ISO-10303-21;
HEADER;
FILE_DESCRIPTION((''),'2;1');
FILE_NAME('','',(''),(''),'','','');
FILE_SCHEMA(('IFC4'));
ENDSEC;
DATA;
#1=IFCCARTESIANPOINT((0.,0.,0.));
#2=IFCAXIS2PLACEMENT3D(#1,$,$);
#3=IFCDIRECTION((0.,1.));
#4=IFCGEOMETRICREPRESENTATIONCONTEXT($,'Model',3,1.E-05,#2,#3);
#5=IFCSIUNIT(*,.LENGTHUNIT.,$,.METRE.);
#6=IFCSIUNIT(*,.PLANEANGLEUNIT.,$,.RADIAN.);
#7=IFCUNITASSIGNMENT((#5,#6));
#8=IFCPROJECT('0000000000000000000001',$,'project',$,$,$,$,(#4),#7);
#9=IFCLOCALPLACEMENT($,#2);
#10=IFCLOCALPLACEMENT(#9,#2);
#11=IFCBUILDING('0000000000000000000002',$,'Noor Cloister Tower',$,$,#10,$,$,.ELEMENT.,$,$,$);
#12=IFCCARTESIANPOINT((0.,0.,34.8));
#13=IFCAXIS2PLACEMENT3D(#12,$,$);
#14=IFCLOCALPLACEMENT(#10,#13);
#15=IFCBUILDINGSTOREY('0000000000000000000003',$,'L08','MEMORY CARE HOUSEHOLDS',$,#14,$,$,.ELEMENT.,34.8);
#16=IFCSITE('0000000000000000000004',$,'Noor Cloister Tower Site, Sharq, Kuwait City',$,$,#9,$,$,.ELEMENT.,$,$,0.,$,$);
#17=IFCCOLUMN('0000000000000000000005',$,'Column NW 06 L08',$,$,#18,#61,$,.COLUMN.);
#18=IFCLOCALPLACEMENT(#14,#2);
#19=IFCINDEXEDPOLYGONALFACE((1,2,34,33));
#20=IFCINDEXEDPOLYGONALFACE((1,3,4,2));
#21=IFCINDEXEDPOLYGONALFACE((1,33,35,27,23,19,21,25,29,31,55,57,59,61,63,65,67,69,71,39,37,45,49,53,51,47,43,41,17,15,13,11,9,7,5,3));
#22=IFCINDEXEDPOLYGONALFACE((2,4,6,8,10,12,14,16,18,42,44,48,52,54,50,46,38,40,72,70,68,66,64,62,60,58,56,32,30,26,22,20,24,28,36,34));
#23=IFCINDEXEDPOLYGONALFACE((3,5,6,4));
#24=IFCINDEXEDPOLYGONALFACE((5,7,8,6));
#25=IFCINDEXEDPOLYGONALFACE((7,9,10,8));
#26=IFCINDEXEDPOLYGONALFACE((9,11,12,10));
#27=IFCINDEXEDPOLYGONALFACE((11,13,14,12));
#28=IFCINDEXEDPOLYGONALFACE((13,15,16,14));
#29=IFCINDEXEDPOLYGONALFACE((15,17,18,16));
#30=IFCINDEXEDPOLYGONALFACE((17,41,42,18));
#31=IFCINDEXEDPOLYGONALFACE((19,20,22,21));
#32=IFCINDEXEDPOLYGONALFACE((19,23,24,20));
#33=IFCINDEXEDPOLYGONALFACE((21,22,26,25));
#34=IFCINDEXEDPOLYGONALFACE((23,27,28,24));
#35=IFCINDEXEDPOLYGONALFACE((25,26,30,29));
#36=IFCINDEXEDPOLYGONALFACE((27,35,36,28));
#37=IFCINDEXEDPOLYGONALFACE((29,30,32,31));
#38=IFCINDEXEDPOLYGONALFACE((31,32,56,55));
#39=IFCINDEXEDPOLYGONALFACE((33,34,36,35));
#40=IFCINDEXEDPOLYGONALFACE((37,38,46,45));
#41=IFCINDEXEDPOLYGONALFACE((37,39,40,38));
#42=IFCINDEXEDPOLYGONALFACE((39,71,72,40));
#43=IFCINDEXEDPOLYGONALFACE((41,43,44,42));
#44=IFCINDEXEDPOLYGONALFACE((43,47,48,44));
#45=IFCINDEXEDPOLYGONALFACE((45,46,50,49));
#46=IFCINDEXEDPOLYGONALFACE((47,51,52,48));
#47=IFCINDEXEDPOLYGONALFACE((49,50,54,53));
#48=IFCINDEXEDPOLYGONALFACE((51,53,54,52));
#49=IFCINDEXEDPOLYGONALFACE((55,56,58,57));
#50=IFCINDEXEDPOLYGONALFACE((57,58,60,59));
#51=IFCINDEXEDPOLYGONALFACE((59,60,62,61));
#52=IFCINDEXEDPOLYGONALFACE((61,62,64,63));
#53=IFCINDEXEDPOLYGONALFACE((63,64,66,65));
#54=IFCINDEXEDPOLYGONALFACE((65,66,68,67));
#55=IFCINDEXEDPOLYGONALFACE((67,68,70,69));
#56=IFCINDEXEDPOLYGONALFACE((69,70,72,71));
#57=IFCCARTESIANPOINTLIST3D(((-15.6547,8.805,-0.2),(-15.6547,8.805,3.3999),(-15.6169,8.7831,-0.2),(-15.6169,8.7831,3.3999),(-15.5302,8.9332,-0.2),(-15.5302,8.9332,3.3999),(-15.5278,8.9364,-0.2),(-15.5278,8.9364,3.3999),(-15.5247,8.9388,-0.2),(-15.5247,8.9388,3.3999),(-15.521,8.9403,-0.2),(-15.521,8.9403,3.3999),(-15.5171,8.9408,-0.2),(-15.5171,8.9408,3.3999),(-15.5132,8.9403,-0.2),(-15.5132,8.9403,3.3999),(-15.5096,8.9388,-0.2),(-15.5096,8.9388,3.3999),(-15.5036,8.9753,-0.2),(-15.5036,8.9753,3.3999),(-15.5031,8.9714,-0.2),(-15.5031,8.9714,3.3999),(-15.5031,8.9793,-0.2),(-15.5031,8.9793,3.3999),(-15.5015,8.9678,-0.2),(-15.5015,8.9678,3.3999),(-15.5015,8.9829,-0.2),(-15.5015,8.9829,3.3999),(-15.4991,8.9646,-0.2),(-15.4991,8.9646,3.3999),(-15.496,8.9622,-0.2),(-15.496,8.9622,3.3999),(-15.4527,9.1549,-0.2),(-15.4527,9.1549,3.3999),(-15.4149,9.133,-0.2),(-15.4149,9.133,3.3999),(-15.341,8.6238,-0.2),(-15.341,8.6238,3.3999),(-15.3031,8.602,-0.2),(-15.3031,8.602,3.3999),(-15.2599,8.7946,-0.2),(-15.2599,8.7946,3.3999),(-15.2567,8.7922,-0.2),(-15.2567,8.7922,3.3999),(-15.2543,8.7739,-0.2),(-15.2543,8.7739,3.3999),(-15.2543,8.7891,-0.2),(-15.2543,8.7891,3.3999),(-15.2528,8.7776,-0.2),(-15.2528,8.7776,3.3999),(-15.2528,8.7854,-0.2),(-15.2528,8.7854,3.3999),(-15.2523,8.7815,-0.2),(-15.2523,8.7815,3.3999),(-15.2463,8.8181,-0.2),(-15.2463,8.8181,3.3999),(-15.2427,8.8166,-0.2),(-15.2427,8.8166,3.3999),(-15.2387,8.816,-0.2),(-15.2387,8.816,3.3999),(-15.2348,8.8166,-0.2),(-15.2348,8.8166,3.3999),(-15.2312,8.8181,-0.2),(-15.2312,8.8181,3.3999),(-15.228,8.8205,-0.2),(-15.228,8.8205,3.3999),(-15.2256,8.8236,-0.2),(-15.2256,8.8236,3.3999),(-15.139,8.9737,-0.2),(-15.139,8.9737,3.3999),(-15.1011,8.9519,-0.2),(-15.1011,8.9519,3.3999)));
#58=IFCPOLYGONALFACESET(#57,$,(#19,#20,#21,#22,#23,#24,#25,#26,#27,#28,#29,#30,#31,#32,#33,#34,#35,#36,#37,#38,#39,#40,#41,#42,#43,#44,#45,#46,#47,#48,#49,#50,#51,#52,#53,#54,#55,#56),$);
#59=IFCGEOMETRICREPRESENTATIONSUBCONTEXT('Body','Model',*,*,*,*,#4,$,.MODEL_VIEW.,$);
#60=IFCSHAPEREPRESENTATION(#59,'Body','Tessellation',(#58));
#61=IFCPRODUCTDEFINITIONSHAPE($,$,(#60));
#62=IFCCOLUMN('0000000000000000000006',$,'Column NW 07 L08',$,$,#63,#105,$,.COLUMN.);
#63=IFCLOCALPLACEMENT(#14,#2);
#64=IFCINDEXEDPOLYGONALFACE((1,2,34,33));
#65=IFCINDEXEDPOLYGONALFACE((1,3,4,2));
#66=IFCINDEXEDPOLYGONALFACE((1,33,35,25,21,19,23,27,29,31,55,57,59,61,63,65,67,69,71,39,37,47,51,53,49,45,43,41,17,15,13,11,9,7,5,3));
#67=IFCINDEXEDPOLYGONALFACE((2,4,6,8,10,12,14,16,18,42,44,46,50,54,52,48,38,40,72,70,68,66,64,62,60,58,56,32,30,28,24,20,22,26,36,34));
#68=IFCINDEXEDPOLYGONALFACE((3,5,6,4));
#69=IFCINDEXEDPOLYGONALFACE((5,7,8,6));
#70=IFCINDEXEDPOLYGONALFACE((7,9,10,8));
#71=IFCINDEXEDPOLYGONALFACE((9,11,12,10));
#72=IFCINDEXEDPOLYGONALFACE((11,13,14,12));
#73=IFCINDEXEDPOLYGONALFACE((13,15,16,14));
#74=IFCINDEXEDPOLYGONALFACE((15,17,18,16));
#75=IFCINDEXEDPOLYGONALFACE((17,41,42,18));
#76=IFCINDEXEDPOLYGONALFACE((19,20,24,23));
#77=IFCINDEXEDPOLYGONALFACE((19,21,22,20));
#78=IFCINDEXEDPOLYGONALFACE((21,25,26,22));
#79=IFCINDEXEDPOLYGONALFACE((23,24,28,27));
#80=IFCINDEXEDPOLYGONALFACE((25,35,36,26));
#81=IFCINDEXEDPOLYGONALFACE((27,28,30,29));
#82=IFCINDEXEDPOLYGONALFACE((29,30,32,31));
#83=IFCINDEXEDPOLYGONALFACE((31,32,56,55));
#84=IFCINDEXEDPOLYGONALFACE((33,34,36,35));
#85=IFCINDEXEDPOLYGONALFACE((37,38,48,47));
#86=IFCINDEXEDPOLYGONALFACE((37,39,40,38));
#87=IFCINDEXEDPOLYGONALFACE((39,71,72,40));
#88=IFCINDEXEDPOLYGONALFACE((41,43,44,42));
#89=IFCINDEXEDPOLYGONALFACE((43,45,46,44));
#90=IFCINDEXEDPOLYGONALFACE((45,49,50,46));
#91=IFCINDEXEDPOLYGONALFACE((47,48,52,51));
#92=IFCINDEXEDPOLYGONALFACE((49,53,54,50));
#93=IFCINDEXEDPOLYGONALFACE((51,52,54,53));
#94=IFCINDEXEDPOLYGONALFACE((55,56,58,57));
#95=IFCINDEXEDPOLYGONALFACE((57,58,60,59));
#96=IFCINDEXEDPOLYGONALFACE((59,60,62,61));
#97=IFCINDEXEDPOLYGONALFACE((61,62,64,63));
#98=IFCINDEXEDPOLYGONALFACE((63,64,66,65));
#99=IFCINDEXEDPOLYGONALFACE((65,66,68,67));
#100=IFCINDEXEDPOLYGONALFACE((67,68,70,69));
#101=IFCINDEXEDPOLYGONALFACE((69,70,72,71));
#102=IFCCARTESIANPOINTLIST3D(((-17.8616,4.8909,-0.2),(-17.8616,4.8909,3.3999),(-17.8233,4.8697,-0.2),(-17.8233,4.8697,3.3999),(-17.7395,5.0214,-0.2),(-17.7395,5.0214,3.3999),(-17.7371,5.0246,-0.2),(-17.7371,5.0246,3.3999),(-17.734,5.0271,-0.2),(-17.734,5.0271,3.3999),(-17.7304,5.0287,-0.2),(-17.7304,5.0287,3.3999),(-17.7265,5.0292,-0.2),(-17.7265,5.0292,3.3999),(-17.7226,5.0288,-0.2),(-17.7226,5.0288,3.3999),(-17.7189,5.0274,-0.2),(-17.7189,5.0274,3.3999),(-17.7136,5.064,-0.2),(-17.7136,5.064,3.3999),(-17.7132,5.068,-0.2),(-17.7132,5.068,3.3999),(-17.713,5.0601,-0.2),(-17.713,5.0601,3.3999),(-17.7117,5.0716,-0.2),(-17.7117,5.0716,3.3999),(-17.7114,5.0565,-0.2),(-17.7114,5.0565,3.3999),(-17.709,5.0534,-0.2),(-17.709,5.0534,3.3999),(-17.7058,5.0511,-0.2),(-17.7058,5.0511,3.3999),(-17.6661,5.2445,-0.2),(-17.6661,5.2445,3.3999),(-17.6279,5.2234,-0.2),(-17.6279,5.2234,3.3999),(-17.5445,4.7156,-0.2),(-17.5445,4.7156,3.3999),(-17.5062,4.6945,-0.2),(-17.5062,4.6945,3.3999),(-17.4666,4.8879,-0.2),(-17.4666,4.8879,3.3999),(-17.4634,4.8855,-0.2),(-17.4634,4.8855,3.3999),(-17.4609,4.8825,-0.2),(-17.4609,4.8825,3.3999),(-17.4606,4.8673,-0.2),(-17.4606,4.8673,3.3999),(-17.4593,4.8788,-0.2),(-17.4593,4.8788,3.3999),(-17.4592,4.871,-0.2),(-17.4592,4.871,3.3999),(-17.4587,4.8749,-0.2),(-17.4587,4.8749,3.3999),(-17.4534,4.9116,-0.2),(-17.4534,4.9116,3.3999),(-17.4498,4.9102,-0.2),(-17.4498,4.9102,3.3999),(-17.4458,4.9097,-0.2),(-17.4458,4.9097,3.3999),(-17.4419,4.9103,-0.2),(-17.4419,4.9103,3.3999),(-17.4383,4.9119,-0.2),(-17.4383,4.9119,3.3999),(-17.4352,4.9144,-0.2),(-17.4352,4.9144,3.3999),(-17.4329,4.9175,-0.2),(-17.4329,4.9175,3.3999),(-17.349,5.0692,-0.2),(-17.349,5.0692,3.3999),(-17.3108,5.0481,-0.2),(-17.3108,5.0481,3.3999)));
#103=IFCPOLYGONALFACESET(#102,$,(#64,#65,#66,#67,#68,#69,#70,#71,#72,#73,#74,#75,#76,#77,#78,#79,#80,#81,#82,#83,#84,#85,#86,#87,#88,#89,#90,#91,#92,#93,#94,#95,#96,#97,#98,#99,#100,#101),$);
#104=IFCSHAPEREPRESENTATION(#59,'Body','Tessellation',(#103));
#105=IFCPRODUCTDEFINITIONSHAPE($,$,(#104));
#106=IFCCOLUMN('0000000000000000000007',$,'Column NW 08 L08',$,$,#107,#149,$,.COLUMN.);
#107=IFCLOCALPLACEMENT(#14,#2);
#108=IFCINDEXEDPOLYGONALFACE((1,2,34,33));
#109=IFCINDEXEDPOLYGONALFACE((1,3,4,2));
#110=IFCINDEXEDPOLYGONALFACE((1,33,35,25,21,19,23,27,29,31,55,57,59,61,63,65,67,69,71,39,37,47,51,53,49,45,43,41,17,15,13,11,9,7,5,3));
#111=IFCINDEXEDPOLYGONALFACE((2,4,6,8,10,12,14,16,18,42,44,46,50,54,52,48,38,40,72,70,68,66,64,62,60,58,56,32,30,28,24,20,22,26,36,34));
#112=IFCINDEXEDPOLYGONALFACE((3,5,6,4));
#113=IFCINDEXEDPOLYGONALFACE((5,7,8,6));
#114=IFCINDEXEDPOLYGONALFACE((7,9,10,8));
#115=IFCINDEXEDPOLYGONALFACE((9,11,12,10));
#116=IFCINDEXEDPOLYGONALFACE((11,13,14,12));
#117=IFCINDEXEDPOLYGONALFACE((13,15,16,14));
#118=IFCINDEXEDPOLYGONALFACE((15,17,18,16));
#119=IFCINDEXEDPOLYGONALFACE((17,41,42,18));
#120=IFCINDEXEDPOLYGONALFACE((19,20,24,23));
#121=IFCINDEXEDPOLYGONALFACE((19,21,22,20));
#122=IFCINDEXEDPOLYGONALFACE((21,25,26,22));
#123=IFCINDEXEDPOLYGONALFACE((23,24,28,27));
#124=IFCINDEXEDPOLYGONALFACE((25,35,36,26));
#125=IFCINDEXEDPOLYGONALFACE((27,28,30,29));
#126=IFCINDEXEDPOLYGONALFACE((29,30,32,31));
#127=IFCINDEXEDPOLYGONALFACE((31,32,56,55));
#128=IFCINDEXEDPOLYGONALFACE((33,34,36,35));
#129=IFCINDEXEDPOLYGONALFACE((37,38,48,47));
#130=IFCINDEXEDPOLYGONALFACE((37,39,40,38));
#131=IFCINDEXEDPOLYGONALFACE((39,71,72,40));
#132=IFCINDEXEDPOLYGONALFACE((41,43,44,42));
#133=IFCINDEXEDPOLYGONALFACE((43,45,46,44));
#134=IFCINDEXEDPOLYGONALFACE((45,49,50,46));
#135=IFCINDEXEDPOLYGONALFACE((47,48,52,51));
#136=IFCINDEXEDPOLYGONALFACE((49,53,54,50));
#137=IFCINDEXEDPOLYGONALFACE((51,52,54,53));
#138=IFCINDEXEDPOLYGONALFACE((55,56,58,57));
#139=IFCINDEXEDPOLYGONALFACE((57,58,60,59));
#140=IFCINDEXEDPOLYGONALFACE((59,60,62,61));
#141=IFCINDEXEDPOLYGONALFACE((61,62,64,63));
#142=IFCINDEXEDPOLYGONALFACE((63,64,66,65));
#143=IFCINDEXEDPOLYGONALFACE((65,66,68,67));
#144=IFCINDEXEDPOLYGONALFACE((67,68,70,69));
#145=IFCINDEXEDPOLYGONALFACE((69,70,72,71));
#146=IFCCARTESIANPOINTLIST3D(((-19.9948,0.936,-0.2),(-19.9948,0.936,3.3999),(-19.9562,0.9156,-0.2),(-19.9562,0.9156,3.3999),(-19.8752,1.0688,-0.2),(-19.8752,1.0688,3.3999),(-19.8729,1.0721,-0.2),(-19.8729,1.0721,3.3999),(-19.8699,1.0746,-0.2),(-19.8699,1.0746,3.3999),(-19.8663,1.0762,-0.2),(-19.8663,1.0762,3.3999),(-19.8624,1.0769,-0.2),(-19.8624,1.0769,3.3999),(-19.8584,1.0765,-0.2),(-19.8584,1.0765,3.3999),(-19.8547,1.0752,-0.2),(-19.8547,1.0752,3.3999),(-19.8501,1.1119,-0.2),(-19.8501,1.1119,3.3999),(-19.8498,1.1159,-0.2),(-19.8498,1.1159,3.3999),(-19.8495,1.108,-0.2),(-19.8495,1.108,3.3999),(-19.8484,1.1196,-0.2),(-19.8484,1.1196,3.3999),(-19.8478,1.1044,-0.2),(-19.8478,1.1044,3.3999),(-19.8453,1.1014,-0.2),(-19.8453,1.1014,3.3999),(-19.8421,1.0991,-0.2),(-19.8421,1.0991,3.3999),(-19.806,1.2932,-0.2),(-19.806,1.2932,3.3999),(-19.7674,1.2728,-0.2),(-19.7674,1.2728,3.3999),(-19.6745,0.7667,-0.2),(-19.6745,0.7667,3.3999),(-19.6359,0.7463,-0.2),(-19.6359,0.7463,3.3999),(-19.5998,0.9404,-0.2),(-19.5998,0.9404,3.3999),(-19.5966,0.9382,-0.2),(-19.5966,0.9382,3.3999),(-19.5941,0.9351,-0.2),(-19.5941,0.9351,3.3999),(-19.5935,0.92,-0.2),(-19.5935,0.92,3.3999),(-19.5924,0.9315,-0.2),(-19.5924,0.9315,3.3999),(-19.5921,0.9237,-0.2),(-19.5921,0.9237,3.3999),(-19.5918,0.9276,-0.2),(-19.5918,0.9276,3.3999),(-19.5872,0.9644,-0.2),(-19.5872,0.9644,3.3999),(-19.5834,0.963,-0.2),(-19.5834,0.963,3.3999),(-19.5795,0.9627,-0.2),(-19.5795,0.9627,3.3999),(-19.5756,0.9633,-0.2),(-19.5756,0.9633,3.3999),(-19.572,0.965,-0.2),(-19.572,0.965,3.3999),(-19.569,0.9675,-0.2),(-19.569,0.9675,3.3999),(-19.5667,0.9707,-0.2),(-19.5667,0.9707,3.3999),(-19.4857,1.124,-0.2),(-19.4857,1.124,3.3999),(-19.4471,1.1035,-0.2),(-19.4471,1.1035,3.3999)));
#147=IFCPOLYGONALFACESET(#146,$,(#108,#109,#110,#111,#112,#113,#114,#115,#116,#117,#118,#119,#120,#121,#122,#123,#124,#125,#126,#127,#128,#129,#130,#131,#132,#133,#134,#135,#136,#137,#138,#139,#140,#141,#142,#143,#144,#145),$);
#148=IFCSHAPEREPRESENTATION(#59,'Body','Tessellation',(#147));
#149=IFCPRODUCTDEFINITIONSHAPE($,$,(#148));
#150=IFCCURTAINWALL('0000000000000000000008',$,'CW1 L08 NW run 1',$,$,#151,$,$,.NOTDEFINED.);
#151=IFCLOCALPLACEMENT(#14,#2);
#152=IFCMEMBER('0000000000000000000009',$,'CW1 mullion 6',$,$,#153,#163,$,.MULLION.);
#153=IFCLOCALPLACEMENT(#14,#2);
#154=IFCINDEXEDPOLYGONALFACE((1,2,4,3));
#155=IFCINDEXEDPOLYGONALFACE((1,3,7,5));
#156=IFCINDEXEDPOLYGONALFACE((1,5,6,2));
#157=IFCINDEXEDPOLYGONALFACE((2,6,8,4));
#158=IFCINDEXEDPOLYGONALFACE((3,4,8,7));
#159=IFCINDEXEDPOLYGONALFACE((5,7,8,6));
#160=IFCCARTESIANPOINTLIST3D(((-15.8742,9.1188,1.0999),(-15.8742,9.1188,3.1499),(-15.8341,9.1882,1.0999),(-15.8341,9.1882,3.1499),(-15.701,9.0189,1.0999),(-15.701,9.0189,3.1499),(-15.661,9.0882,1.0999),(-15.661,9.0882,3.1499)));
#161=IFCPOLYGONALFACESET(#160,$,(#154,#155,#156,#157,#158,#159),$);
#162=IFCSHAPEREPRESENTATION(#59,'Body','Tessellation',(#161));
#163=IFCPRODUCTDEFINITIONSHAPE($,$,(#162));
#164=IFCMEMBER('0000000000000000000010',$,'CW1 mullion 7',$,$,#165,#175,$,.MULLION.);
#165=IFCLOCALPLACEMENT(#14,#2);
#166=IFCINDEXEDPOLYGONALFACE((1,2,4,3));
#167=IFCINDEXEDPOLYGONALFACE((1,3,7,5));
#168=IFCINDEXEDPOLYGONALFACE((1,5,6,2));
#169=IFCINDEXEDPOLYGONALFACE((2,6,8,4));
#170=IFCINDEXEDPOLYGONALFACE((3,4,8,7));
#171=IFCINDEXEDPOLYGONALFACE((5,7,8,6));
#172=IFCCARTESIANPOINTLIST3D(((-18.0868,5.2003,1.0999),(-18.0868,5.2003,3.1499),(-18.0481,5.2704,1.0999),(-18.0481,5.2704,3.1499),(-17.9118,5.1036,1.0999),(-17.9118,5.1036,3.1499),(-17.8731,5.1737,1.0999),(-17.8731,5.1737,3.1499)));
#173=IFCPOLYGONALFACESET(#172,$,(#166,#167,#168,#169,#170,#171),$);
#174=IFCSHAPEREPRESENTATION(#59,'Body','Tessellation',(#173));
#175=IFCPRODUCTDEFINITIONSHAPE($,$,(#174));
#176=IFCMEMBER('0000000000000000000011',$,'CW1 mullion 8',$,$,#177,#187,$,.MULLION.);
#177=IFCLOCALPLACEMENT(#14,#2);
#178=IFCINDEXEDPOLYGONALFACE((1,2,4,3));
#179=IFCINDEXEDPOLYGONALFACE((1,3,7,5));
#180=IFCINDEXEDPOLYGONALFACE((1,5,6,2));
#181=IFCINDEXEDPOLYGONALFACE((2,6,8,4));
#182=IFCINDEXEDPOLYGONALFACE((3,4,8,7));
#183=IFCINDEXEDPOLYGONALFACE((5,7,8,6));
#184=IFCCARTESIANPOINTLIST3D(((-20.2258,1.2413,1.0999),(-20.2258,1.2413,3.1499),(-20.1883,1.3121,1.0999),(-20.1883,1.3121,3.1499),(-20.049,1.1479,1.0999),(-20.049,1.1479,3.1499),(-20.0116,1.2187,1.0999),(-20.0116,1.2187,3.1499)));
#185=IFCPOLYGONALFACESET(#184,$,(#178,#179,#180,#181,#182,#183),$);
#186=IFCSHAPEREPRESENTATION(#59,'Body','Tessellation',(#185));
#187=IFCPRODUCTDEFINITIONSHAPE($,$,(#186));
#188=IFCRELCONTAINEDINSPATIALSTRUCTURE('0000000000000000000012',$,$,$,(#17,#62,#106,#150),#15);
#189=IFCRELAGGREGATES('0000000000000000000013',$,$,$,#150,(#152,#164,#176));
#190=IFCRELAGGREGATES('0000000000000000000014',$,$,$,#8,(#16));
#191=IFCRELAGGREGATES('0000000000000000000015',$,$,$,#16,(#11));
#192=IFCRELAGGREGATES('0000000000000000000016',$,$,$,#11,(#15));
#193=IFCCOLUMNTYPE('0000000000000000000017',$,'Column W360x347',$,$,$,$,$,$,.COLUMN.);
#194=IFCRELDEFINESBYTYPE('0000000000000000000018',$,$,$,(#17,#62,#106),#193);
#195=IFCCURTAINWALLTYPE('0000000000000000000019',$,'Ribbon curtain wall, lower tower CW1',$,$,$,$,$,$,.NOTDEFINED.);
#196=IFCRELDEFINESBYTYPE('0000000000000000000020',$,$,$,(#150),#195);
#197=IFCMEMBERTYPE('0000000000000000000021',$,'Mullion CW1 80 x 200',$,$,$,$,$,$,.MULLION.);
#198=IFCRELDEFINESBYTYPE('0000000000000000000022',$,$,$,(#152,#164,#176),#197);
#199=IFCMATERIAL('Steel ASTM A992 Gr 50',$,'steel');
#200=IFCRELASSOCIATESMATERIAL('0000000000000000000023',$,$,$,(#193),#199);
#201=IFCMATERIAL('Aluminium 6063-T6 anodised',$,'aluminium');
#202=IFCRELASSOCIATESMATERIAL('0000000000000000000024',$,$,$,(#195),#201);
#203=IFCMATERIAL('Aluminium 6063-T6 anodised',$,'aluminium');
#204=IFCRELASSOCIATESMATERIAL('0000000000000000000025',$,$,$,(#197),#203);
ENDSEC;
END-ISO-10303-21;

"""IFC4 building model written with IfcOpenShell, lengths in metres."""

from ifc_helpers import new_model, si_unit, direction, frame, origin, origin_2d, place, context, subcontext, project, spatial, rectangle, i_section, extrude, material, material_profile, profile_set, type_object, element, aggregate, save


model = new_model("IFC4")

# Units and contexts
model_context = context("Model", 3, precision=1e-05, world=origin(), true_north=direction((0.0, 1.0)))
body_context = subcontext(model_context, "Body", "Model", "MODEL_VIEW")
ifc_project = project(units=[si_unit("LENGTHUNIT", "METRE"), si_unit("PLANEANGLEUNIT", "RADIAN")], contexts=[model_context])

# Site, building, storey
site_placement = place(None, origin())
site = spatial("IfcSite", under=ifc_project, at=site_placement, Name="Noor Cloister Tower Site, Sharq, Kuwait City", CompositionType="ELEMENT", RefElevation=0.0)
building_placement = place(site_placement, origin())
building = spatial("IfcBuilding", under=site, at=building_placement, Name="Noor Cloister Tower", CompositionType="ELEMENT")
storey_placement = place(building_placement, frame((0.0, 0.0, 34.8)))
storey = spatial("IfcBuildingStorey", under=building, at=storey_placement, Name="L08", Description="MEMORY CARE HOUSEHOLDS", CompositionType="ELEMENT", Elevation=34.8)

# Columns
ifc_material_1 = material(Name="Steel ASTM A992 Gr 50", Category="steel")
ifc_material_profile_1 = material_profile(ifc_material_1, i_section(OverallWidth=0.4041, OverallDepth=0.406, WebThickness=0.0271, FlangeThickness=0.0437, FilletRadius=0.0151, at=origin_2d()), Name="W360x347")
ifc_profile_set_1 = profile_set([ifc_material_profile_1], Name="Steel ASTM A992 Gr 50")
column_type = type_object("IfcColumnType", Name="Column W360x347", PredefinedType="COLUMN", material=ifc_profile_set_1)
for number, where, z_axis, x_axis, name in (
    (1, (-15.3779, 8.8784, -0.2), (0.0, 0.0, 1.0), (-0.5, -0.866025, 0.0), "Column NW 06 L08"),
    (2, (-17.5862, 4.9695, -0.2), (0.0, 0.0, 1.0), (-0.483695, -0.875237, 0.0), "Column NW 07 L08"),
    (3, (-19.7209, 1.0198, -0.2), (0.0, 0.0, 1.0), (-0.46722, -0.884141, 0.0), "Column NW 08 L08"),
):
    element("IfcColumn", number, at=place(storey_placement, frame(where, z_axis=z_axis, x_axis=x_axis)), inside=storey, type_object=column_type, Name=name, PredefinedType="COLUMN", context=body_context, shape_type="SweptSolid", body=[
        extrude(i_section(OverallWidth=0.4041, OverallDepth=0.406, WebThickness=0.0271, FlangeThickness=0.0437, FilletRadius=0.0151, at=origin_2d()), origin(), (0.0, 0.0, 1.0), 3.5999),
    ])

# Curtain wall, members
ifc_material_2 = material(Name="Aluminium 6063-T6 anodised", Category="aluminium")
curtain_wall_type = type_object("IfcCurtainWallType", Name="Ribbon curtain wall, lower tower CW1", PredefinedType="NOTDEFINED", material=ifc_material_2)
curtain_wall_placement = place(storey_placement, origin())
curtain_wall = element("IfcCurtainWall", 4, at=curtain_wall_placement, inside=storey, type_object=curtain_wall_type, Name="CW1 L08 NW run 1", PredefinedType="NOTDEFINED")
ifc_material_3 = material(Name="Aluminium 6063-T6 anodised", Category="aluminium")
ifc_material_profile_2 = material_profile(ifc_material_3, rectangle(XDim=0.2, YDim=0.0801, at=origin_2d()), Name="200 x 80 mullion")
ifc_profile_set_2 = profile_set([ifc_material_profile_2], Name="Aluminium 6063-T6 anodised")
member_type = type_object("IfcMemberType", Name="Mullion CW1 80 x 200", PredefinedType="MULLION", material=ifc_profile_set_2)
member_1_placement = place(storey_placement, frame((-15.7676, 9.1035, 1.0999), z_axis=(0.0, 0.0, 1.0), x_axis=(0.866025, -0.5, 0.0)))
member_1 = element("IfcMember", 5, at=member_1_placement, type_object=member_type, Name="CW1 mullion 6", PredefinedType="MULLION", context=body_context, shape_type="SweptSolid", body=[
    extrude(rectangle(XDim=0.2, YDim=0.0801, at=origin_2d()), origin(), (0.0, 0.0, 1.0), 2.05),
])
member_2_placement = place(storey_placement, frame((-17.98, 5.187, 1.0999), z_axis=(0.0, 0.0, 1.0), x_axis=(0.875237, -0.483695, 0.0)))
member_2 = element("IfcMember", 6, at=member_2_placement, type_object=member_type, Name="CW1 mullion 7", PredefinedType="MULLION", context=body_context, shape_type="SweptSolid", body=[
    extrude(rectangle(XDim=0.2, YDim=0.0801, at=origin_2d()), origin(), (0.0, 0.0, 1.0), 2.05),
])
member_3_placement = place(storey_placement, frame((-20.1187, 1.23, 1.0999), z_axis=(0.0, 0.0, 1.0), x_axis=(0.884141, -0.46722, 0.0)))
member_3 = element("IfcMember", 7, at=member_3_placement, type_object=member_type, Name="CW1 mullion 8", PredefinedType="MULLION", context=body_context, shape_type="SweptSolid", body=[
    extrude(rectangle(XDim=0.2, YDim=0.0801, at=origin_2d()), origin(), (0.0, 0.0, 1.0), 2.05),
])

aggregate(curtain_wall, [member_1, member_2, member_3])

save(model, "model.ifc")
